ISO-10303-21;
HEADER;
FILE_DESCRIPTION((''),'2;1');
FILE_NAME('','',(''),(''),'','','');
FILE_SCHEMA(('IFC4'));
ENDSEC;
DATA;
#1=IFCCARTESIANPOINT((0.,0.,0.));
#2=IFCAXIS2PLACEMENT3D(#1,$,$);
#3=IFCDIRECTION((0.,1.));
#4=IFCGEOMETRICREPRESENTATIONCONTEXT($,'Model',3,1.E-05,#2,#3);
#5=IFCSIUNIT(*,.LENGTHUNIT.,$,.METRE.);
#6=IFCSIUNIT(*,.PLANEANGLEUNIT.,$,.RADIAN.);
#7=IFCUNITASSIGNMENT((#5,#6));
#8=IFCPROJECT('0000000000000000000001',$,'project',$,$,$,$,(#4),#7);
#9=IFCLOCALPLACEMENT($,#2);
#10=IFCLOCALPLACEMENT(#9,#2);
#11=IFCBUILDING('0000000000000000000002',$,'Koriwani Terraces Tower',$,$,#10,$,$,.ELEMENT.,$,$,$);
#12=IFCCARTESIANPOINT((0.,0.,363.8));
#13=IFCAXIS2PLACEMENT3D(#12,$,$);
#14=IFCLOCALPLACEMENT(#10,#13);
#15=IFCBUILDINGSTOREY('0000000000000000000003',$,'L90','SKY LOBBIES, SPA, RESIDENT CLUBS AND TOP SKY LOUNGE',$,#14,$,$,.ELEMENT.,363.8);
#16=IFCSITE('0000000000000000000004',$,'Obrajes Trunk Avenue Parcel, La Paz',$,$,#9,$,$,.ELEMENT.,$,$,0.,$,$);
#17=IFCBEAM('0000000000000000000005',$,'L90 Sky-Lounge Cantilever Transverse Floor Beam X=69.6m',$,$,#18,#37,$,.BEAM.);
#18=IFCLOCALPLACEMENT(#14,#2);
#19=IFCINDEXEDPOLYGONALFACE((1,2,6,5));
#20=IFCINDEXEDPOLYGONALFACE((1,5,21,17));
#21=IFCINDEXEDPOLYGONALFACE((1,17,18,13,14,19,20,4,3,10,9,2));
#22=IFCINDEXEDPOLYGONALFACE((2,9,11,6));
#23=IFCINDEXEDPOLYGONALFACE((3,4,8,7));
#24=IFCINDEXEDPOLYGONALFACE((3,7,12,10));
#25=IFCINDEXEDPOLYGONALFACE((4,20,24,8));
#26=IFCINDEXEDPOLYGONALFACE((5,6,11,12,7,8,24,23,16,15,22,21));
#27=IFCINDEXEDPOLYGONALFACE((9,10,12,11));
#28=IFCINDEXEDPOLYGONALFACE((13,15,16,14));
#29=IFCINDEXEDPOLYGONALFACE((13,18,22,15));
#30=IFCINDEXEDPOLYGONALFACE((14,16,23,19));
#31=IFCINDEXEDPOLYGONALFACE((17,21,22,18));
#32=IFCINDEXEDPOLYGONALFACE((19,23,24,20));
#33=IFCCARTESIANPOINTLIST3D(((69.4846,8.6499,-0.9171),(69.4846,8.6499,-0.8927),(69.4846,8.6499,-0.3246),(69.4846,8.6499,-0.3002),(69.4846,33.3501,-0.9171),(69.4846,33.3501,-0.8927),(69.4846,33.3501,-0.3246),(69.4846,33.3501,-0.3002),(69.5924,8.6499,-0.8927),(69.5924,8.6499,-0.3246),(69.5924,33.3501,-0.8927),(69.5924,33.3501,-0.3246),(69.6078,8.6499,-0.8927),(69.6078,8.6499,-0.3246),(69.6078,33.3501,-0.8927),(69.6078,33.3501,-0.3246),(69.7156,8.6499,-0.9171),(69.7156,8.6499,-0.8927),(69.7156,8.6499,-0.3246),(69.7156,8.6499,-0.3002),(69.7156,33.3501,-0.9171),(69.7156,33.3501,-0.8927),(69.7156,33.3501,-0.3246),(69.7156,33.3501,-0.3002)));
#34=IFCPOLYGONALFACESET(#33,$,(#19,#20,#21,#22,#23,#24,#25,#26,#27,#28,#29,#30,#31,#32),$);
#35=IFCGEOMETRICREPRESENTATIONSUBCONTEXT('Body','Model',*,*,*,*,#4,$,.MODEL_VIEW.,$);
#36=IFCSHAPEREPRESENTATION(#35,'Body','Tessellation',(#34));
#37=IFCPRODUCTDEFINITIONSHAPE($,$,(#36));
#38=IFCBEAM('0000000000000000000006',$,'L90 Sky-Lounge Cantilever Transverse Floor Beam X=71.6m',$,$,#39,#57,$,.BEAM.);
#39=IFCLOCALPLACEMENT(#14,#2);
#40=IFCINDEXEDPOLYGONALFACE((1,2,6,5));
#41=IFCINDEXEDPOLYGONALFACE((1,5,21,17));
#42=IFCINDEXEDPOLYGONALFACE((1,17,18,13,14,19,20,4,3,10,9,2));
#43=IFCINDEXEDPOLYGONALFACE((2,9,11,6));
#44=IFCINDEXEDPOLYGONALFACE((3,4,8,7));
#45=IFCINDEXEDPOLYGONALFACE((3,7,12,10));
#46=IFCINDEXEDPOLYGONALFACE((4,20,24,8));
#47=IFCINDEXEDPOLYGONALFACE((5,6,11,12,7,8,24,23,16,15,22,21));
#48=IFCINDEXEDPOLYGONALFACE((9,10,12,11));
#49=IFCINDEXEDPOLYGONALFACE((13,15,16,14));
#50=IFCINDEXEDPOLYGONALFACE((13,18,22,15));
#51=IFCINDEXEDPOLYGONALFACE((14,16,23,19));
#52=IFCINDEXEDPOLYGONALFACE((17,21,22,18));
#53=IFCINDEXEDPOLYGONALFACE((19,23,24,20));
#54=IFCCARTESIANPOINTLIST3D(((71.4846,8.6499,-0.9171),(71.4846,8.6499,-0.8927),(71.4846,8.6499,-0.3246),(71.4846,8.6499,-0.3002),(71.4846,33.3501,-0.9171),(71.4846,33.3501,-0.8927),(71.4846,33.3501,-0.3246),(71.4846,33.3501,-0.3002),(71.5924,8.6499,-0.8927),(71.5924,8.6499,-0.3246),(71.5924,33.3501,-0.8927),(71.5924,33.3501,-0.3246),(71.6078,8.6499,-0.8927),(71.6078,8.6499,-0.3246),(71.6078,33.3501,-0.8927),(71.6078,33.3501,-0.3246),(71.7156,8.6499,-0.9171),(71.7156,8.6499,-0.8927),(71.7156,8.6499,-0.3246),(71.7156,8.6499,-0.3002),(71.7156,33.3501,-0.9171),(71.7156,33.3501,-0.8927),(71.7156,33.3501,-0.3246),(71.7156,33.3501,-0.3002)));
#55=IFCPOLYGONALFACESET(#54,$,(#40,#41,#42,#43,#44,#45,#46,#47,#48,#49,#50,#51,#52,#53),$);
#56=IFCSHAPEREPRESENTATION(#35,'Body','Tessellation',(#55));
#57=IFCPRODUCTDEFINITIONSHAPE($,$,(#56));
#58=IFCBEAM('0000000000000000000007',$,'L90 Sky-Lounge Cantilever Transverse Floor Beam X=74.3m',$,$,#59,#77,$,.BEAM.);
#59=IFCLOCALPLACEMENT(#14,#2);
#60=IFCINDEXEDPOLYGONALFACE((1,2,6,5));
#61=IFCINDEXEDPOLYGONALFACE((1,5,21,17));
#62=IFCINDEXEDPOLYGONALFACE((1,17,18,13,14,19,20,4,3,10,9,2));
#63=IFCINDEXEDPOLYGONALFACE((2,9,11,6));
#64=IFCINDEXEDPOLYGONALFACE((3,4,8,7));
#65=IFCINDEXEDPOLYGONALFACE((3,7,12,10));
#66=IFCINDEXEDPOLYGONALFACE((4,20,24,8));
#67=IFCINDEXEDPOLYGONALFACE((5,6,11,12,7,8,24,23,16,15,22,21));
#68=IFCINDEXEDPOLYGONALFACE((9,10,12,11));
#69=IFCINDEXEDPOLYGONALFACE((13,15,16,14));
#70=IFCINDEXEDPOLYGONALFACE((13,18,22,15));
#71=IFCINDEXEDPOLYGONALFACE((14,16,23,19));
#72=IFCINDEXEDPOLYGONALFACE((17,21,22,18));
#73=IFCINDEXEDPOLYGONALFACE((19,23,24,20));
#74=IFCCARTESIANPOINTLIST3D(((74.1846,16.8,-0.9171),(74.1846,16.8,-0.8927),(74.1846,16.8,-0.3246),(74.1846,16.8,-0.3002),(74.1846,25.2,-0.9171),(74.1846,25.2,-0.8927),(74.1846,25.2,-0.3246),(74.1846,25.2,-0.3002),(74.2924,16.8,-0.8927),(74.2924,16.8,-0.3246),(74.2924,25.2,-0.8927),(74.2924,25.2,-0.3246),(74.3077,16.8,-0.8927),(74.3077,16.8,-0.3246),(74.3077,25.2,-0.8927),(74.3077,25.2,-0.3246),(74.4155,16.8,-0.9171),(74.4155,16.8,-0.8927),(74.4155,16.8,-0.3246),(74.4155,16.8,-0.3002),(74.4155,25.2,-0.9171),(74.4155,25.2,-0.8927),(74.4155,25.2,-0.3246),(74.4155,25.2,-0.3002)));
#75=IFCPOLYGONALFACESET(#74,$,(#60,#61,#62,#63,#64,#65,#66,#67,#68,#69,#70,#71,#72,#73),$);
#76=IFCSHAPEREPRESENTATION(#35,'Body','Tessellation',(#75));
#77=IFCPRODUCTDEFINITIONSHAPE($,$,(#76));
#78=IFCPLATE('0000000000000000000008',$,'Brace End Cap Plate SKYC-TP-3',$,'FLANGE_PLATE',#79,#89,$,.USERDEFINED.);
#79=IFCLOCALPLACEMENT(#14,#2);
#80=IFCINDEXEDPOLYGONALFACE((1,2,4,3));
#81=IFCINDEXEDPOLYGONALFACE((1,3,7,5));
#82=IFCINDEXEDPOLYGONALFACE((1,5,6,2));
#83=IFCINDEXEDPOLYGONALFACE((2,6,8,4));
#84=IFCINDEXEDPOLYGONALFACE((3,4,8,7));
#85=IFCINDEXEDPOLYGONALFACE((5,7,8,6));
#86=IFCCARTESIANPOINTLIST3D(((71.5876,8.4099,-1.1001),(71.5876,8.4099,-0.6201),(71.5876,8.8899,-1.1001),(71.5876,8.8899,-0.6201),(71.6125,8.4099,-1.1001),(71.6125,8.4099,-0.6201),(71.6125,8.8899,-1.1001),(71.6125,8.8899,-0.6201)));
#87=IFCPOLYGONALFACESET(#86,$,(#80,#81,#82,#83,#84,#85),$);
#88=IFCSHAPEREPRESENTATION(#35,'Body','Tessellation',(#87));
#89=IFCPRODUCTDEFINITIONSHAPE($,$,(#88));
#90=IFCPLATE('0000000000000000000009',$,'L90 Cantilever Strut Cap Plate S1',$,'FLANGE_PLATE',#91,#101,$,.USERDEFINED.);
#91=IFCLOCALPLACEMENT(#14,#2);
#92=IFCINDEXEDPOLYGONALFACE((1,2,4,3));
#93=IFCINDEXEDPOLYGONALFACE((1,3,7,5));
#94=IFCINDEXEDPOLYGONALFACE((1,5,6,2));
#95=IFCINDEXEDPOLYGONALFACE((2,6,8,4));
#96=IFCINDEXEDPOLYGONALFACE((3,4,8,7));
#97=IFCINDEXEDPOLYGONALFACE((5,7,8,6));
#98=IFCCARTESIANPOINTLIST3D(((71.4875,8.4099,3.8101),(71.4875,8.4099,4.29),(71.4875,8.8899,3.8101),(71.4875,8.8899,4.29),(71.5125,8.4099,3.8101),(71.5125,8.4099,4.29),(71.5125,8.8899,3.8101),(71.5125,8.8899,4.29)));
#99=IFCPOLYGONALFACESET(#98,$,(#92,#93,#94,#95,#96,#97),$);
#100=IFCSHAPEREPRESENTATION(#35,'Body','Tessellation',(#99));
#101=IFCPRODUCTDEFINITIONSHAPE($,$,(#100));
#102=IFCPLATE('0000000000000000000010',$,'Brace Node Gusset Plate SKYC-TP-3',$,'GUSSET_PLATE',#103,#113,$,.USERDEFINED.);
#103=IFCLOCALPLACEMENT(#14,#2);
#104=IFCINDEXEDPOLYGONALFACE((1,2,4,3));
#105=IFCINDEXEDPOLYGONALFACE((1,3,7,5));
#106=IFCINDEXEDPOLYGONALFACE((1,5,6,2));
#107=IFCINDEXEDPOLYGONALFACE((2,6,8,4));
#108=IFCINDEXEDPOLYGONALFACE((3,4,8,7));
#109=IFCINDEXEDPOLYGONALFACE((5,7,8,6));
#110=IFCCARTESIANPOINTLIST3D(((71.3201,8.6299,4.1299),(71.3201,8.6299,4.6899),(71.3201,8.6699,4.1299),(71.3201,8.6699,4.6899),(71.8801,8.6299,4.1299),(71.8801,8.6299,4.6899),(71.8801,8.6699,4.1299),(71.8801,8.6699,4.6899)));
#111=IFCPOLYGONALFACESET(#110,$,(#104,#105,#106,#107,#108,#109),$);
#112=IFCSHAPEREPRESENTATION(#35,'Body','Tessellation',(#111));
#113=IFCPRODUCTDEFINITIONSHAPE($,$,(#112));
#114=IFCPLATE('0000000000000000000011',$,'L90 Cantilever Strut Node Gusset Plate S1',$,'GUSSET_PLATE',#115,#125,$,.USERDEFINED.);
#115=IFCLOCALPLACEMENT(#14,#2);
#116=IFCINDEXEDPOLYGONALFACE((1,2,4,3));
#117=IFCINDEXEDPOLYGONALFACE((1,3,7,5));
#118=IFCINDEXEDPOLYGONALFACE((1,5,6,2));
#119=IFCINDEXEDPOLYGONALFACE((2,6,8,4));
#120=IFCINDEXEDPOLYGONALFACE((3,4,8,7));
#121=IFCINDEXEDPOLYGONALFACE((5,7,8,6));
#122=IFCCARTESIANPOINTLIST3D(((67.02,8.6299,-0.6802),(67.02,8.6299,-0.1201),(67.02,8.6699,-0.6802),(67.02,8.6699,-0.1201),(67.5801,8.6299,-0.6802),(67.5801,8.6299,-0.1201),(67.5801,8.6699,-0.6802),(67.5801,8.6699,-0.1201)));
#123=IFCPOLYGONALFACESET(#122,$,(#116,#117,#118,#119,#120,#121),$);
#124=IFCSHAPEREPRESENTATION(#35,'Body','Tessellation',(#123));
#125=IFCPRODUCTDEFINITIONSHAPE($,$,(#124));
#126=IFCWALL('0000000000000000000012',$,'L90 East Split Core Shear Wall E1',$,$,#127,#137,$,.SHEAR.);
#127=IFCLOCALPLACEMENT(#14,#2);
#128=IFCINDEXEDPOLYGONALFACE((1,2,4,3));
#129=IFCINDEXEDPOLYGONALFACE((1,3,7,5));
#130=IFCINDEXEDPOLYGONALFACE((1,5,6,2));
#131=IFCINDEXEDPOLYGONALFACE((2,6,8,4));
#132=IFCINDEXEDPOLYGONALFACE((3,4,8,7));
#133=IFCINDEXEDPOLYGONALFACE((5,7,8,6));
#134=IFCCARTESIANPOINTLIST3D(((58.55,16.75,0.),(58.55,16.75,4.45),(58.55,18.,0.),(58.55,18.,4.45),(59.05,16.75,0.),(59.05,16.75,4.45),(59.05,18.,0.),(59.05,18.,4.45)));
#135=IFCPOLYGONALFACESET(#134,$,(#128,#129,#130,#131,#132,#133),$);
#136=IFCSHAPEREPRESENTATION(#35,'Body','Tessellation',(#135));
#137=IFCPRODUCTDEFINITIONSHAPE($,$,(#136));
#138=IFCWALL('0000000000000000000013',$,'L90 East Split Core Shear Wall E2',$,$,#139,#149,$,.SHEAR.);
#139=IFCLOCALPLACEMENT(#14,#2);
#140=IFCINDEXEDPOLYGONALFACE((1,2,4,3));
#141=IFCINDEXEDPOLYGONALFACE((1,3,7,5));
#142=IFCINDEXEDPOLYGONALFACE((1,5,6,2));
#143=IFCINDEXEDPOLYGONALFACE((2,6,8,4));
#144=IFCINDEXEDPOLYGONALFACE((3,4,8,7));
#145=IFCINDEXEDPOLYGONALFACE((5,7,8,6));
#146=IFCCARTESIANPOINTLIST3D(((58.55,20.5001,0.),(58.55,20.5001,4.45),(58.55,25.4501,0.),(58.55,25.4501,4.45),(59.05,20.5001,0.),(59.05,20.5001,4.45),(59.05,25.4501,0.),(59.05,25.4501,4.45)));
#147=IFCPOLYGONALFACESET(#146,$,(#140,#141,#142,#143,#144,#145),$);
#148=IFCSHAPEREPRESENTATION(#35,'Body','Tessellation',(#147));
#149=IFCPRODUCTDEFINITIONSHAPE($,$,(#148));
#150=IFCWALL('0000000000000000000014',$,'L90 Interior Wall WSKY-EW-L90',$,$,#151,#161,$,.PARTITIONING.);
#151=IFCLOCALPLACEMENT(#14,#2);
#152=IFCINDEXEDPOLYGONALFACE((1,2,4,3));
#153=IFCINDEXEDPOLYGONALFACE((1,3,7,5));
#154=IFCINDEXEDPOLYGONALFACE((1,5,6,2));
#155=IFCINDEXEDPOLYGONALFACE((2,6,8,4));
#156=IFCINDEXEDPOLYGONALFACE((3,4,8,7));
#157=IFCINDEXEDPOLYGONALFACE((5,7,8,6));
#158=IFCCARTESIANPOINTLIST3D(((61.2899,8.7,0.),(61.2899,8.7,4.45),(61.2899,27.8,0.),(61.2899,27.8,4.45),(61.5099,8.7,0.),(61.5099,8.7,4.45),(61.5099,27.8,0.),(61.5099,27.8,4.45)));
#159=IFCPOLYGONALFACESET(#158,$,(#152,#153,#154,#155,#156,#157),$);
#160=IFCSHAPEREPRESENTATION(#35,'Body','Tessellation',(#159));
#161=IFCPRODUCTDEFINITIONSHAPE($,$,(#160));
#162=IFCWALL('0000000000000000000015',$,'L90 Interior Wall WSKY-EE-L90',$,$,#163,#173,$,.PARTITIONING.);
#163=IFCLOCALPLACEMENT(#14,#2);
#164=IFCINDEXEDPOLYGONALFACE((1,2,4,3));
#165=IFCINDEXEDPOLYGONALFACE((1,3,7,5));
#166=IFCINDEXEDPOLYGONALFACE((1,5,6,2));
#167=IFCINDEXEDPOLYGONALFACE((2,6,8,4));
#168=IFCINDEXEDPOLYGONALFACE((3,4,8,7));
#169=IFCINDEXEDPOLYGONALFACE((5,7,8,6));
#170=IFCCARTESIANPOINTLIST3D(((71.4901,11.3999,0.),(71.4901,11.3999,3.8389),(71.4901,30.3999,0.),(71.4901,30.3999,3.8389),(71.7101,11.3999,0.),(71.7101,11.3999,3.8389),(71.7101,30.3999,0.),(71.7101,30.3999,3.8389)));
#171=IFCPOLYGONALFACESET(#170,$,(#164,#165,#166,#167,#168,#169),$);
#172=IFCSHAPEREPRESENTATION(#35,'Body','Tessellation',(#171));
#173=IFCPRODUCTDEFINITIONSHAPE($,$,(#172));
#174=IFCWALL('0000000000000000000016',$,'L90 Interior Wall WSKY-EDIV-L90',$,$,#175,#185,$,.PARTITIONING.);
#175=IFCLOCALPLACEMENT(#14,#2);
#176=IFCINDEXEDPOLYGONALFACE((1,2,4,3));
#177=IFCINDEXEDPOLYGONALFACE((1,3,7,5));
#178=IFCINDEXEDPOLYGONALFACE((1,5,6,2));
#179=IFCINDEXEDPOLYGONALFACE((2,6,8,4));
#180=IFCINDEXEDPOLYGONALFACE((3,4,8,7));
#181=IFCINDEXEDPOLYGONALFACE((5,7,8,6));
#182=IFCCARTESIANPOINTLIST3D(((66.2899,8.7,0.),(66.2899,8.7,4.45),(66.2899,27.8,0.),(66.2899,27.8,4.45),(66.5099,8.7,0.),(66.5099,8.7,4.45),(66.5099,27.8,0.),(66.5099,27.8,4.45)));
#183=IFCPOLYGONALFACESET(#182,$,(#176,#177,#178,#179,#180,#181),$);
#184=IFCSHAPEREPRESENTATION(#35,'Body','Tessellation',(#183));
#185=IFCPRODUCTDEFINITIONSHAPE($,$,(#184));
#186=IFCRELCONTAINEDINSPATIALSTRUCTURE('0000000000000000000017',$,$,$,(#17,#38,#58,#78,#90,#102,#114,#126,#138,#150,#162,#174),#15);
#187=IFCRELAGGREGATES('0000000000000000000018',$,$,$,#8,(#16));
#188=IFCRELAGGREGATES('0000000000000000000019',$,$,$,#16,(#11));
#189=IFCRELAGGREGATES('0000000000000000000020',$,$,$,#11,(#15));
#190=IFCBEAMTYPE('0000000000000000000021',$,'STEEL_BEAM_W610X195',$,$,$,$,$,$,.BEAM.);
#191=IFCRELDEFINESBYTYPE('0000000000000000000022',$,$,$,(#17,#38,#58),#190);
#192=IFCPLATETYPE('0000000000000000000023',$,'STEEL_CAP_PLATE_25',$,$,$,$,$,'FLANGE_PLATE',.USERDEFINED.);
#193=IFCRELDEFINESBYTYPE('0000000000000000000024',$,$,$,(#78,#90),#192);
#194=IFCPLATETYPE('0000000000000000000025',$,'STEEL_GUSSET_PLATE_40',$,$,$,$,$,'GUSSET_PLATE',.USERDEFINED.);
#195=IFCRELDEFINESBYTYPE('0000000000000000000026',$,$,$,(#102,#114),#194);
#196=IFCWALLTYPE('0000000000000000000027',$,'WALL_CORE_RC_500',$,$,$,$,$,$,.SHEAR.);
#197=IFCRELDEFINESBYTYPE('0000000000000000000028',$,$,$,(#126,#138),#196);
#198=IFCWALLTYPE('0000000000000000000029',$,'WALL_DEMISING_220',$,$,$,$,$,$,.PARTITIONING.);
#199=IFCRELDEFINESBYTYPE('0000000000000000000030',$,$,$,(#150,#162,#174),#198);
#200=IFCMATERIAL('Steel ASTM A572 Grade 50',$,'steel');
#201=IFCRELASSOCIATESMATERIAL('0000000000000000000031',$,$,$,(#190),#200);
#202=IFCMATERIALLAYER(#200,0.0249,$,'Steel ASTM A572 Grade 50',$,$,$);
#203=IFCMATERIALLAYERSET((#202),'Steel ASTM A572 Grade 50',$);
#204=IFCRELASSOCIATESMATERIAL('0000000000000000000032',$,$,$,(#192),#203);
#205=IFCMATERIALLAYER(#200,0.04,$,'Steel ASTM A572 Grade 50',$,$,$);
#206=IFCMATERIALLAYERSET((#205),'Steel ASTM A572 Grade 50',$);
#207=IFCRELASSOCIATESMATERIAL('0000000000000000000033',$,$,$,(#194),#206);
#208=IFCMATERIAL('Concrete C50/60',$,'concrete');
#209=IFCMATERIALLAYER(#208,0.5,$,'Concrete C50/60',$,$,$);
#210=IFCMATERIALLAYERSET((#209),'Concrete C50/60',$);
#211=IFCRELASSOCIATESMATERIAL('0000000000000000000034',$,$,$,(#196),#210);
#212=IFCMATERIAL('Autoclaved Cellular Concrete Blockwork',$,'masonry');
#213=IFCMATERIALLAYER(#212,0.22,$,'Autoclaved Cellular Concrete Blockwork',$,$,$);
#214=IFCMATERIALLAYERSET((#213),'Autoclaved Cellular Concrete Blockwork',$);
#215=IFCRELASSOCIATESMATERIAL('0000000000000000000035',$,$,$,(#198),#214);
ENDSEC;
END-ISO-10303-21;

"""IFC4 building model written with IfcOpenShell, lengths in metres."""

from ifc_helpers import new_model, si_unit, direction, frame, frame_2d, origin, origin_2d, place, context, subcontext, project, spatial, rectangle, i_section, extrude, material, layer, layer_set, material_profile, profile_set, type_object, element, save


model = new_model("IFC4")

# Units and contexts
model_context = context("Model", 3, precision=1e-05, world=origin(), true_north=direction((0.0, 1.0)))
body_context = subcontext(model_context, "Body", "Model", "MODEL_VIEW")
ifc_project = project(units=[si_unit("LENGTHUNIT", "METRE"), si_unit("PLANEANGLEUNIT", "RADIAN")], contexts=[model_context])

# Site, building, storey
site_placement = place(None, origin())
site = spatial("IfcSite", under=ifc_project, at=site_placement, Name="Obrajes Trunk Avenue Parcel, La Paz", CompositionType="ELEMENT", RefElevation=0.0)
building_placement = place(site_placement, origin())
building = spatial("IfcBuilding", under=site, at=building_placement, Name="Koriwani Terraces Tower", CompositionType="ELEMENT")
storey_placement = place(building_placement, frame((0.0, 0.0, 363.8)))
storey = spatial("IfcBuildingStorey", under=building, at=storey_placement, Name="L90", Description="SKY LOBBIES, SPA, RESIDENT CLUBS AND TOP SKY LOUNGE", CompositionType="ELEMENT", Elevation=363.8)

# Shared definitions
ifc_material_1 = material(Name="Concrete C50/60", Category="concrete")

# Shared definitions
ifc_material_2 = material(Name="Steel ASTM A572 Grade 50", Category="steel")

# Beams
ifc_material_profile_1 = material_profile(ifc_material_2, i_section(OverallWidth=0.231, OverallDepth=0.6169, WebThickness=0.0154, FlangeThickness=0.0244, at=origin_2d()), Name="Steel ASTM A572 Grade 50", Category="LoadBearing")
ifc_profile_set_1 = profile_set([ifc_material_profile_1], Name="Steel ASTM A572 Grade 50")
beam_type_1 = type_object("IfcBeamType", Name="STEEL_BEAM_W610X195", PredefinedType="BEAM", material=ifc_profile_set_1)
for number, where, z_axis, x_axis, name in (
    (1, (69.6001, 8.6499, -0.6086), (0.0, 1.0, 0.0), (-1.0, 0.0, 0.0), "L90 Sky-Lounge Cantilever Transverse Floor Beam X=69.6m"),
    (2, (71.6001, 8.6499, -0.6086), (0.0, 1.0, 0.0), (-1.0, 0.0, 0.0), "L90 Sky-Lounge Cantilever Transverse Floor Beam X=71.6m"),
):
    element("IfcBeam", number, at=place(storey_placement, frame(where, z_axis=z_axis, x_axis=x_axis)), inside=storey, type_object=beam_type_1, Name=name, PredefinedType="BEAM", context=body_context, shape_type="SweptSolid", body=[
        extrude(i_section(OverallWidth=0.231, OverallDepth=0.6169, WebThickness=0.0154, FlangeThickness=0.0244, at=origin_2d()), origin(), (0.0, 0.0, 1.0), 24.7002),
    ])
beam_1_placement = place(storey_placement, frame((74.3, 16.8, -0.6086), z_axis=(0.0, 1.0, 0.0), x_axis=(-1.0, 0.0, 0.0)))
element("IfcBeam", 3, at=beam_1_placement, inside=storey, type_object=beam_type_1, Name="L90 Sky-Lounge Cantilever Transverse Floor Beam X=74.3m", PredefinedType="BEAM", context=body_context, shape_type="SweptSolid", body=[
    extrude(i_section(OverallWidth=0.231, OverallDepth=0.6169, WebThickness=0.0154, FlangeThickness=0.0244, at=origin_2d()), origin(), (0.0, 0.0, 1.0), 8.3999),
])

# Plates
ifc_layer_1 = layer(ifc_material_2, 0.0249, Name="Steel ASTM A572 Grade 50")
ifc_layer_set_1 = layer_set([ifc_layer_1], Name="Steel ASTM A572 Grade 50")
plate_type_1 = type_object("IfcPlateType", Name="STEEL_CAP_PLATE_25", ElementType="FLANGE_PLATE", PredefinedType="USERDEFINED", material=ifc_layer_set_1)
for number, where, z_axis, x_axis, name in (
    (4, (71.6001, 8.6499, -1.1001), (0.0, 0.0, 1.0), (1.0, 0.0, 0.0), "Brace End Cap Plate SKYC-TP-3"),
    (5, (71.5, 8.6499, 3.8101), (0.0, 0.0, 1.0), (1.0, 0.0, 0.0), "L90 Cantilever Strut Cap Plate S1"),
):
    element("IfcPlate", number, at=place(storey_placement, frame(where, z_axis=z_axis, x_axis=x_axis)), inside=storey, type_object=plate_type_1, Name=name, ObjectType="FLANGE_PLATE", PredefinedType="USERDEFINED", context=body_context, shape_type="SweptSolid", body=[
        extrude(rectangle(XDim=0.0249, YDim=0.48, at=origin_2d()), origin(), (0.0, 0.0, 1.0), 0.48),
    ])
ifc_layer_2 = layer(ifc_material_2, 0.04, Name="Steel ASTM A572 Grade 50")
ifc_layer_set_2 = layer_set([ifc_layer_2], Name="Steel ASTM A572 Grade 50")
plate_type_2 = type_object("IfcPlateType", Name="STEEL_GUSSET_PLATE_40", ElementType="GUSSET_PLATE", PredefinedType="USERDEFINED", material=ifc_layer_set_2)
for number, where, z_axis, x_axis, name in (
    (6, (71.6001, 8.6499, 4.1299), (0.0, 0.0, 1.0), (1.0, 0.0, 0.0), "Brace Node Gusset Plate SKYC-TP-3"),
    (7, (67.3, 8.6499, -0.6802), (0.0, 0.0, 1.0), (1.0, 0.0, 0.0), "L90 Cantilever Strut Node Gusset Plate S1"),
):
    element("IfcPlate", number, at=place(storey_placement, frame(where, z_axis=z_axis, x_axis=x_axis)), inside=storey, type_object=plate_type_2, Name=name, ObjectType="GUSSET_PLATE", PredefinedType="USERDEFINED", context=body_context, shape_type="SweptSolid", body=[
        extrude(rectangle(XDim=0.5601, YDim=0.04, at=origin_2d()), origin(), (0.0, 0.0, 1.0), 0.5601),
    ])

# Walls
ifc_layer_3 = layer(ifc_material_1, 0.5, Name="Concrete C50/60")
ifc_layer_set_3 = layer_set([ifc_layer_3], Name="Concrete C50/60")
wall_type_1 = type_object("IfcWallType", Name="WALL_CORE_RC_500", PredefinedType="SHEAR", material=ifc_layer_set_3)
wall_1_placement = place(storey_placement, frame((58.8, 16.75, 0.0), z_axis=(0.0, 0.0, 1.0), x_axis=(0.0, 1.0, 0.0)))
element("IfcWall", 8, at=wall_1_placement, inside=storey, type_object=wall_type_1, Name="L90 East Split Core Shear Wall E1", PredefinedType="SHEAR", context=body_context, shape_type="SweptSolid", body=[
    extrude(rectangle(XDim=1.25, YDim=0.5, at=frame_2d((0.625, 0.0))), origin(), (0.0, 0.0, 1.0), 4.45),
])
wall_2_placement = place(storey_placement, frame((58.8, 20.5, 0.0), z_axis=(0.0, 0.0, 1.0), x_axis=(0.0, 1.0, 0.0)))
element("IfcWall", 9, at=wall_2_placement, inside=storey, type_object=wall_type_1, Name="L90 East Split Core Shear Wall E2", PredefinedType="SHEAR", context=body_context, shape_type="SweptSolid", body=[
    extrude(rectangle(XDim=4.95, YDim=0.5, at=frame_2d((2.4751, 0.0))), origin(), (0.0, 0.0, 1.0), 4.45),
])
ifc_material_3 = material(Name="Autoclaved Cellular Concrete Blockwork", Category="masonry")
ifc_layer_4 = layer(ifc_material_3, 0.22, Name="Autoclaved Cellular Concrete Blockwork")
ifc_layer_set_4 = layer_set([ifc_layer_4], Name="Autoclaved Cellular Concrete Blockwork")
wall_type_2 = type_object("IfcWallType", Name="WALL_DEMISING_220", PredefinedType="PARTITIONING", material=ifc_layer_set_4)
wall_3_placement = place(storey_placement, frame((61.3999, 8.7, 0.0), z_axis=(0.0, 0.0, 1.0), x_axis=(0.0, 1.0, 0.0)))
element("IfcWall", 10, at=wall_3_placement, inside=storey, type_object=wall_type_2, Name="L90 Interior Wall WSKY-EW-L90", PredefinedType="PARTITIONING", context=body_context, shape_type="SweptSolid", body=[
    extrude(rectangle(XDim=19.1001, YDim=0.22, at=frame_2d((9.55, 0.0))), origin(), (0.0, 0.0, 1.0), 4.45),
])
wall_4_placement = place(storey_placement, frame((71.6001, 11.3999, 0.0), z_axis=(0.0, 0.0, 1.0), x_axis=(0.0, 1.0, 0.0)))
element("IfcWall", 11, at=wall_4_placement, inside=storey, type_object=wall_type_2, Name="L90 Interior Wall WSKY-EE-L90", PredefinedType="PARTITIONING", context=body_context, shape_type="SweptSolid", body=[
    extrude(rectangle(XDim=19.0, YDim=0.22, at=frame_2d((9.5, 0.0))), origin(), (0.0, 0.0, 1.0), 3.8389),
])
wall_5_placement = place(storey_placement, frame((66.3999, 8.7, 0.0), z_axis=(0.0, 0.0, 1.0), x_axis=(0.0, 1.0, 0.0)))
element("IfcWall", 12, at=wall_5_placement, inside=storey, type_object=wall_type_2, Name="L90 Interior Wall WSKY-EDIV-L90", PredefinedType="PARTITIONING", context=body_context, shape_type="SweptSolid", body=[
    extrude(rectangle(XDim=19.1001, YDim=0.22, at=frame_2d((9.55, 0.0))), origin(), (0.0, 0.0, 1.0), 4.45),
])

save(model, "model.ifc")
